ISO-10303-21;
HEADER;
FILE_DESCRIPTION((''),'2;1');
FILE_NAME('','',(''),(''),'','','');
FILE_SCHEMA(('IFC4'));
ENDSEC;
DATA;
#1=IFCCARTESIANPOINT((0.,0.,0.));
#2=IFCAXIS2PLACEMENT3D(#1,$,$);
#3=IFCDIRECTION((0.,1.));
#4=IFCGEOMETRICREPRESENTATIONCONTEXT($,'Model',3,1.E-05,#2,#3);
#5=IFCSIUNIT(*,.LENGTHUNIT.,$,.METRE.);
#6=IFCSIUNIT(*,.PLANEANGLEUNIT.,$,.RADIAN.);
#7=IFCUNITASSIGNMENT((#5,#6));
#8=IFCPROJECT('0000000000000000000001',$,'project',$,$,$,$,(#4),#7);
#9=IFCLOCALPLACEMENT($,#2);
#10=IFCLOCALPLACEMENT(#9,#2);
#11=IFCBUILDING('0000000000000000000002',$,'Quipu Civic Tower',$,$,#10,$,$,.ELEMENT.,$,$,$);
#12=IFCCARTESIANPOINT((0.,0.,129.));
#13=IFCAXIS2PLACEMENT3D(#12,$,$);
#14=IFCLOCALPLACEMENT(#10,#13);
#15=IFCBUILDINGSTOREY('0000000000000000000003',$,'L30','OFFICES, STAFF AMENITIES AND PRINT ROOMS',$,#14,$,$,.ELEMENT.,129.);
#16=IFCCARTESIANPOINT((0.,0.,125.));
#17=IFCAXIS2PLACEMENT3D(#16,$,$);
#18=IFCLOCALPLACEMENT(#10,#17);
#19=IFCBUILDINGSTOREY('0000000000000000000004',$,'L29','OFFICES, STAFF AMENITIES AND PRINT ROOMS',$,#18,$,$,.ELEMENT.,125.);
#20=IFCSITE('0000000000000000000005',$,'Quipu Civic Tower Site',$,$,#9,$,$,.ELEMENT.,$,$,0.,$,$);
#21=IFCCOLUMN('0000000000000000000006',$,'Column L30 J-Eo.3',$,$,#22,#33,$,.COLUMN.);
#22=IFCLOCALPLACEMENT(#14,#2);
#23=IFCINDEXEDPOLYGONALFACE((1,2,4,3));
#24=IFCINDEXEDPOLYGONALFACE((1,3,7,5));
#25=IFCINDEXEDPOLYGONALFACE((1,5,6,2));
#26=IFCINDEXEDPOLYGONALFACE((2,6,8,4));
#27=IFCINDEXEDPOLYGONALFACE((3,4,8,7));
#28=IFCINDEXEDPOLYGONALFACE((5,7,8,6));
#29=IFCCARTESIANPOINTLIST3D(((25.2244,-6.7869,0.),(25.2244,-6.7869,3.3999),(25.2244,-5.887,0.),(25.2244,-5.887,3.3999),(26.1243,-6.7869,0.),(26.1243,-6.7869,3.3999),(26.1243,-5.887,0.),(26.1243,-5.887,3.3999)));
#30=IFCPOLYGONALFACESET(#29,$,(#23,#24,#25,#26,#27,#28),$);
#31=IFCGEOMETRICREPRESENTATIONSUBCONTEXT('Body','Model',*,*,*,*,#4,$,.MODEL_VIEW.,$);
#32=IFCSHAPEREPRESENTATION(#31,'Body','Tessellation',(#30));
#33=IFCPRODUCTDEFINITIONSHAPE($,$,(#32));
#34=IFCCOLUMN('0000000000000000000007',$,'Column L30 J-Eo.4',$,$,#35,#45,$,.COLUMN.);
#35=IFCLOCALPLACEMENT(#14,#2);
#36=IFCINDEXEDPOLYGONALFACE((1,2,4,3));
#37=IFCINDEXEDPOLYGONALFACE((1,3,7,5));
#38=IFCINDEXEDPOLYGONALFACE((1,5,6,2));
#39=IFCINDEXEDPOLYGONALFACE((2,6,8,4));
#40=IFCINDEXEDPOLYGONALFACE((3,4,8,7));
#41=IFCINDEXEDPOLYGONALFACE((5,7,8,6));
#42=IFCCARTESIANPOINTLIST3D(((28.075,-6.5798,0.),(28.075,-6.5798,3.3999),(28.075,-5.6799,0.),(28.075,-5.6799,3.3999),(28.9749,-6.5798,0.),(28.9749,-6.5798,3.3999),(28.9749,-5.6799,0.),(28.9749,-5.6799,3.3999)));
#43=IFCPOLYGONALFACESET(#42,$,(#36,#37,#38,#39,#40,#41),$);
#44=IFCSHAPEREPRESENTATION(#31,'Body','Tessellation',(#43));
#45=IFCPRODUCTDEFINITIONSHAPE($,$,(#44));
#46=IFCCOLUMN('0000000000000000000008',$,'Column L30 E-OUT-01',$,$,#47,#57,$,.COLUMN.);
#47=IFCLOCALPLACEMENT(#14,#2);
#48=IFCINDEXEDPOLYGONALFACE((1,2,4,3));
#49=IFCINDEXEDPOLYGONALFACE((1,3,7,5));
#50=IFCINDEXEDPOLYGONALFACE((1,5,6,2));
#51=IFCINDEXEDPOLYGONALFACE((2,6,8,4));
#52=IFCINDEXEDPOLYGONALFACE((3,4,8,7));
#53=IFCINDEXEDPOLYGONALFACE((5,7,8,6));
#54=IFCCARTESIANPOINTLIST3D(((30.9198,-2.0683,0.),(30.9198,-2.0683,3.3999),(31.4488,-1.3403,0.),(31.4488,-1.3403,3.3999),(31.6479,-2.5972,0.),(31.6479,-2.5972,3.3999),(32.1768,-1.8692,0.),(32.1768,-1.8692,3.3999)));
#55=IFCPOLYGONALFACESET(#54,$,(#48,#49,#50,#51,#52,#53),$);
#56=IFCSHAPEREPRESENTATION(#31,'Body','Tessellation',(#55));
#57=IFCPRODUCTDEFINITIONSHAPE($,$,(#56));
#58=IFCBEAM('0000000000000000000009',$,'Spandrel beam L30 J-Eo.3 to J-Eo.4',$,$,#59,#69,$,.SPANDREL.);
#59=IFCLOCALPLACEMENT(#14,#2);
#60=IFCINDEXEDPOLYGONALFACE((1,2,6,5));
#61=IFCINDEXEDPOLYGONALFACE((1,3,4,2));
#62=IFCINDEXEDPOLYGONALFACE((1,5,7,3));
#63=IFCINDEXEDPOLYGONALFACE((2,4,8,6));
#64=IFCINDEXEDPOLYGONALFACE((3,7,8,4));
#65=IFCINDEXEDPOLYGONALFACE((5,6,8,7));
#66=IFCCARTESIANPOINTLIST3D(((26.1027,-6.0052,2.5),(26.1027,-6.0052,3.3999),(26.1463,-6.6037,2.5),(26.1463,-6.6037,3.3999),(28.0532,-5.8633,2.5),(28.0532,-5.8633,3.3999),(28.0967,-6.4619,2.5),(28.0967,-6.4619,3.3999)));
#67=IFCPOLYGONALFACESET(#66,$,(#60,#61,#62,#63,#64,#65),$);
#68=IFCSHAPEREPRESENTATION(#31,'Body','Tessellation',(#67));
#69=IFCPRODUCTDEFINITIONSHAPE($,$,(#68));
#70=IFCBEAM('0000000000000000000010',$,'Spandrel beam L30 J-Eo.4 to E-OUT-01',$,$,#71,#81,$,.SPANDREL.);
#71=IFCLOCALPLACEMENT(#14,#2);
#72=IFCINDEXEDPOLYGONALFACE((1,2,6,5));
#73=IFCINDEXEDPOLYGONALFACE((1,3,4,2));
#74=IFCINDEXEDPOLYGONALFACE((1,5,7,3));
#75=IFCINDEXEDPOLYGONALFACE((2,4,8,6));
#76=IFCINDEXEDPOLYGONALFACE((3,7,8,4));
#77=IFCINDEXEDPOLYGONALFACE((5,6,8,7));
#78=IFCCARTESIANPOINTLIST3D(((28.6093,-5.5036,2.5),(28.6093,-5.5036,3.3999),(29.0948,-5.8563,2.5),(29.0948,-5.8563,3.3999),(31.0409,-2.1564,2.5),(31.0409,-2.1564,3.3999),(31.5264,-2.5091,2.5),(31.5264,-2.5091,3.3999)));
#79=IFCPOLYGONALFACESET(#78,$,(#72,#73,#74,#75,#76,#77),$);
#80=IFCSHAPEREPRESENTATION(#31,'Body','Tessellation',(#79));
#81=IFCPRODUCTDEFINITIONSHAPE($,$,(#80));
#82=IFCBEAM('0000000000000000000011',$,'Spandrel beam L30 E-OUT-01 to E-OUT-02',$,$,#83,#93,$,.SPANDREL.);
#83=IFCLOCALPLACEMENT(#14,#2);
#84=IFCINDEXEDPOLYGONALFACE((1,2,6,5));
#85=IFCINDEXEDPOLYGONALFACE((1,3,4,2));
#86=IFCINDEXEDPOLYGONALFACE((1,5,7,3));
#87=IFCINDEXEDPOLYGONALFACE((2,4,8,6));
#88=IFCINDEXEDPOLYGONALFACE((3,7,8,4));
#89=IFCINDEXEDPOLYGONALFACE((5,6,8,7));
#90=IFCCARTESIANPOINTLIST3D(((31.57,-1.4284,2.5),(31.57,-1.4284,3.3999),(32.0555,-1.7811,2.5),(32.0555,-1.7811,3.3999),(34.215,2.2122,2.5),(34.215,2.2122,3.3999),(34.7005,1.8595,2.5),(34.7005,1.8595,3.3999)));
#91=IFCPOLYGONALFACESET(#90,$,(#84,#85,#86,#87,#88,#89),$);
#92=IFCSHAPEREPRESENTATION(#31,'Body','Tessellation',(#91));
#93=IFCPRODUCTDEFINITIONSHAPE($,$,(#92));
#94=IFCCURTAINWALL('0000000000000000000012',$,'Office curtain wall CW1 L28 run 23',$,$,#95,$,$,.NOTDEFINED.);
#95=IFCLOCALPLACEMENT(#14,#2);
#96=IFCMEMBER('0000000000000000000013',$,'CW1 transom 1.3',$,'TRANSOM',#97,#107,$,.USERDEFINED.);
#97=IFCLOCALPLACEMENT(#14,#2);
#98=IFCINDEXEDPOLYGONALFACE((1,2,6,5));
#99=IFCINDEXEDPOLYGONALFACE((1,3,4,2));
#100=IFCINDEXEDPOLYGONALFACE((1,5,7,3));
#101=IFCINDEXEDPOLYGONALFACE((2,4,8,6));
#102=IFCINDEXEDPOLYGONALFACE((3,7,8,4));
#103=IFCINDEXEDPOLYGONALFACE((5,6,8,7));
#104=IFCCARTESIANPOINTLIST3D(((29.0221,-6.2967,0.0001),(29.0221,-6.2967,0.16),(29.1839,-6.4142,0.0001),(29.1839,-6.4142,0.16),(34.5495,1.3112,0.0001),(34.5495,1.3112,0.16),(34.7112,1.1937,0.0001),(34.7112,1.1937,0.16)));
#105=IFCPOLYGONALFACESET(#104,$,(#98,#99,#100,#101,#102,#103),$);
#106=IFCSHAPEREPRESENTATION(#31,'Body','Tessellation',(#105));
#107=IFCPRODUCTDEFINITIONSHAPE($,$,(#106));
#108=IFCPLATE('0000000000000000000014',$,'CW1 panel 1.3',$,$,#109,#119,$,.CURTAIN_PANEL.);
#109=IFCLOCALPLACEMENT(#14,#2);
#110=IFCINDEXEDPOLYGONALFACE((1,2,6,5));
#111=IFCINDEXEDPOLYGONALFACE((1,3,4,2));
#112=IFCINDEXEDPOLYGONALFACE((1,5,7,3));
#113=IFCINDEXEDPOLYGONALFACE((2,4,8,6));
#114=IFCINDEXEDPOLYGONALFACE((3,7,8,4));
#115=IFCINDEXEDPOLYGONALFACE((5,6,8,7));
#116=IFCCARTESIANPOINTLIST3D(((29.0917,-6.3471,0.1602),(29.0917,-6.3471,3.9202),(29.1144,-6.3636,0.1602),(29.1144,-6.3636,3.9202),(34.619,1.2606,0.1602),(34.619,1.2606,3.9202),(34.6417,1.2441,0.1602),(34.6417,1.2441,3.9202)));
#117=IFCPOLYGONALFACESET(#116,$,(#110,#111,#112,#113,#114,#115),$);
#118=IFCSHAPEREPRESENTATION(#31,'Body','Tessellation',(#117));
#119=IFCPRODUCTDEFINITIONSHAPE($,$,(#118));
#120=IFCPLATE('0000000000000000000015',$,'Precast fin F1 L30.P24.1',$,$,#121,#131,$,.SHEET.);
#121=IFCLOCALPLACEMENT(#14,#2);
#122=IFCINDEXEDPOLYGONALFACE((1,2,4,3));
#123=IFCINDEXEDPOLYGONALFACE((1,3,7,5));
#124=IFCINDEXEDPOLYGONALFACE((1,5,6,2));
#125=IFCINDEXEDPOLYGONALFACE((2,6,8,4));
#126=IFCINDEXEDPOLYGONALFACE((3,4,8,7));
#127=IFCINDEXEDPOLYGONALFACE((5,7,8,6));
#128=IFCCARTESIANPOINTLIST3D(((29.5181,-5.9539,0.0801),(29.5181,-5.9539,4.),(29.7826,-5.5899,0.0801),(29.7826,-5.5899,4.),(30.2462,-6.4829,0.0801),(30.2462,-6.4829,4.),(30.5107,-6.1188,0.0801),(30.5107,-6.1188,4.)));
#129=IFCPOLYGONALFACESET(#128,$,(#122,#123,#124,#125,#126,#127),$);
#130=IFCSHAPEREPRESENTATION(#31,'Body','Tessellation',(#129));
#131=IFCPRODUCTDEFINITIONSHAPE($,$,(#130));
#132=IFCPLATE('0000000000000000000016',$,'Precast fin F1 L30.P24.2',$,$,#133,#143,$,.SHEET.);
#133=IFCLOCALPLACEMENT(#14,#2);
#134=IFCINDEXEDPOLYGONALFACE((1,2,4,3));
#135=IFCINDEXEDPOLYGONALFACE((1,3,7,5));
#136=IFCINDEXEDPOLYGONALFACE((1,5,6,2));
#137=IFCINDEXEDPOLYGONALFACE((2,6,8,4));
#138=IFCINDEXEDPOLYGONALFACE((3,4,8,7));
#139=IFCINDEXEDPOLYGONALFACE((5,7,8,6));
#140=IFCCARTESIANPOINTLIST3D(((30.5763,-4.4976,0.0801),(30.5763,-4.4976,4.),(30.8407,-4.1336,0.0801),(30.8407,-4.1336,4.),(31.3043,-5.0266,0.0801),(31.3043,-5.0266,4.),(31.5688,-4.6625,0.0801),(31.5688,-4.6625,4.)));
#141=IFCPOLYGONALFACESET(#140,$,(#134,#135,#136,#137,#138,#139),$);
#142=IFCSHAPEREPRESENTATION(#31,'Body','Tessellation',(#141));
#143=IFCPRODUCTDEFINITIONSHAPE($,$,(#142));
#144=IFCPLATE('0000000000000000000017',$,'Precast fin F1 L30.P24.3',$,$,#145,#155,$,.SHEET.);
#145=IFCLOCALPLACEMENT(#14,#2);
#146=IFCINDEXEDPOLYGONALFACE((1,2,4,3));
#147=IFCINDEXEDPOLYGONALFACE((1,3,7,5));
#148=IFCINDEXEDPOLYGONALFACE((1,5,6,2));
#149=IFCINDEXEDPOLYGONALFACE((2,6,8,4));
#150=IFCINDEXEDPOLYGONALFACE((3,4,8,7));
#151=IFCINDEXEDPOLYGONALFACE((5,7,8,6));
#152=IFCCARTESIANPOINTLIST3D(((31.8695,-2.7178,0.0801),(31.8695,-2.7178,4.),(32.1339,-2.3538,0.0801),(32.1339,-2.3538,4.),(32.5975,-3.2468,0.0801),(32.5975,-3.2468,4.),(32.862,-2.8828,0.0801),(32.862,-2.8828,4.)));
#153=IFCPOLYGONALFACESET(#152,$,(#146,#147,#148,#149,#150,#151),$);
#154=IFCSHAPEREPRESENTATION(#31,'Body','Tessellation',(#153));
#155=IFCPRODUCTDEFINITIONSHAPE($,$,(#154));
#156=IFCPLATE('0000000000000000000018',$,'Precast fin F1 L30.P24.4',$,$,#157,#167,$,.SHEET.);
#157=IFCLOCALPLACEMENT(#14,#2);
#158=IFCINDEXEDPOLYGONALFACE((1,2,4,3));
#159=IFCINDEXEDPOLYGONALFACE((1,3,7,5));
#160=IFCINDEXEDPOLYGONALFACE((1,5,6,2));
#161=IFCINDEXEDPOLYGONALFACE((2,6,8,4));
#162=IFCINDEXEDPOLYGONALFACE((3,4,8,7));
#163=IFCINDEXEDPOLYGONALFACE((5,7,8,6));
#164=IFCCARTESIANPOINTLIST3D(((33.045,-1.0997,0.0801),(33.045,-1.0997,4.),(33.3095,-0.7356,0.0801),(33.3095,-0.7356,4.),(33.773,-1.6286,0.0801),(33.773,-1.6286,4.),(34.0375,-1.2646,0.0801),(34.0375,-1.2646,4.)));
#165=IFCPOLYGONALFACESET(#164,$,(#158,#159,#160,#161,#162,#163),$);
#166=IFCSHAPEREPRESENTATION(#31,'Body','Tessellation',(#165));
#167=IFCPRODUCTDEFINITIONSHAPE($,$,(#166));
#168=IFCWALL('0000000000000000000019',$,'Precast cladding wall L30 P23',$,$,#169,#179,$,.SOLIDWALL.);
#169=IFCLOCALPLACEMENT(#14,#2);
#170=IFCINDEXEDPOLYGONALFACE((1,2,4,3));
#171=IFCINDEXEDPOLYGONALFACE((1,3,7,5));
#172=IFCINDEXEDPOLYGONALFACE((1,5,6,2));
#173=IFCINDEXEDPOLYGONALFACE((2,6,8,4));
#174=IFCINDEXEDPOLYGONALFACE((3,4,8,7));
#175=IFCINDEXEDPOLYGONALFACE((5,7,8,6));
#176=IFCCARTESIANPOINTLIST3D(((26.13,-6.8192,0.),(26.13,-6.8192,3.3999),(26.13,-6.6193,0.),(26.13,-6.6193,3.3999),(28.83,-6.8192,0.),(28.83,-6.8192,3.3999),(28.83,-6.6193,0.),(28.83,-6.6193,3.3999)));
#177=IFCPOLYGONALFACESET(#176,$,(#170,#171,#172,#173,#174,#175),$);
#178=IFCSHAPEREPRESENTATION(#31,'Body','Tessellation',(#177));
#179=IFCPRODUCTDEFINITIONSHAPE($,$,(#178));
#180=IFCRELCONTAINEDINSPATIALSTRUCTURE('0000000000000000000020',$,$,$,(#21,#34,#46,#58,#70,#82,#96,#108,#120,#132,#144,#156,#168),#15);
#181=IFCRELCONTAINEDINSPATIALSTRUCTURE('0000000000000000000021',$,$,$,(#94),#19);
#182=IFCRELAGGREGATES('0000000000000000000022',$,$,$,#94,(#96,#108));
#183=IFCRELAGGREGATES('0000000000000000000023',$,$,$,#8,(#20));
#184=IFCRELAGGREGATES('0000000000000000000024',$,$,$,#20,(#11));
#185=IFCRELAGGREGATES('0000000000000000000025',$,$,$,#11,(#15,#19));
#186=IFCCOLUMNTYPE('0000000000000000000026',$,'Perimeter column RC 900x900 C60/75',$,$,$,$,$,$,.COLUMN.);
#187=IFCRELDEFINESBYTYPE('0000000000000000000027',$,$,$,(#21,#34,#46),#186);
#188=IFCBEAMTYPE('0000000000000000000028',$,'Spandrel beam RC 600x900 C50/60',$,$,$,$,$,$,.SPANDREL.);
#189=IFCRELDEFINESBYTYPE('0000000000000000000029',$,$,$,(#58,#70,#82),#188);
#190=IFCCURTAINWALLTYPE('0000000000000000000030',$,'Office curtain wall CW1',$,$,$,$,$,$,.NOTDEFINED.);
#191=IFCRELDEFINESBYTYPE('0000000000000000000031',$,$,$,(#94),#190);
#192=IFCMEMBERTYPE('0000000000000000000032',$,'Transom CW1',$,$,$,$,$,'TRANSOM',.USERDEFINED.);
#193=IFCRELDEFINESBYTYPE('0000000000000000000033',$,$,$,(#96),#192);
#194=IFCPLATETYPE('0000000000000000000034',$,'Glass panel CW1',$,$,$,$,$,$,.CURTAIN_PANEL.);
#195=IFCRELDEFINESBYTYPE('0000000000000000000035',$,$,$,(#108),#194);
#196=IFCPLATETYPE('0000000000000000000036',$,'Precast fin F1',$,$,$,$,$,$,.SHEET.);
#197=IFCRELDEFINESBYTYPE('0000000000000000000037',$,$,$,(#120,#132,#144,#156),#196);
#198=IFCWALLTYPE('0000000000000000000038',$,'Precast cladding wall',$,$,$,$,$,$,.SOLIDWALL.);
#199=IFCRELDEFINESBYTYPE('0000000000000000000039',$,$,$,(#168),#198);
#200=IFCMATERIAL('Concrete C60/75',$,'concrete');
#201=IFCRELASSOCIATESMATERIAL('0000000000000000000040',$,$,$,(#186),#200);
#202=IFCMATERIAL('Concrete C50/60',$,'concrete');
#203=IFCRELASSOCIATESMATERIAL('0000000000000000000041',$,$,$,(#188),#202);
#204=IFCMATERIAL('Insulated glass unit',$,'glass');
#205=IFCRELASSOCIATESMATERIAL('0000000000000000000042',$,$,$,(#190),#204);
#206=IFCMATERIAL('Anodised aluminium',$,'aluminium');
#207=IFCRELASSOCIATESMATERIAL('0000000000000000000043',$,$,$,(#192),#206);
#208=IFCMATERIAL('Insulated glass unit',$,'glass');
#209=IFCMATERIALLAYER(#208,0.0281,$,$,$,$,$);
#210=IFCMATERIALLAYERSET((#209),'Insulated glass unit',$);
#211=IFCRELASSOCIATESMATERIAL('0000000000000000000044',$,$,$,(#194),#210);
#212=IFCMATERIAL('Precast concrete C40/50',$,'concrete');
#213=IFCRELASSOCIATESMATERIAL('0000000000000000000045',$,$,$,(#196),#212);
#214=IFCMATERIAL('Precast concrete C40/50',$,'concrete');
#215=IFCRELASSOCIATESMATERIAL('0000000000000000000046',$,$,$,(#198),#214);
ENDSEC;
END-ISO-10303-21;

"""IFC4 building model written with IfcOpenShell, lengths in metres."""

from ifc_helpers import new_model, si_unit, direction, frame, frame_2d, origin, origin_2d, place, context, subcontext, project, spatial, rectangle, extrude, material, layer, layer_set, material_profile, profile_set, type_object, element, aggregate, save


model = new_model("IFC4")

# Units and contexts
model_context = context("Model", 3, precision=1e-05, world=origin(), true_north=direction((0.0, 1.0)))
body_context = subcontext(model_context, "Body", "Model", "MODEL_VIEW")
ifc_project = project(units=[si_unit("LENGTHUNIT", "METRE"), si_unit("PLANEANGLEUNIT", "RADIAN")], contexts=[model_context])

# Site, building, storey
site_placement = place(None, origin())
site = spatial("IfcSite", under=ifc_project, at=site_placement, Name="Quipu Civic Tower Site", CompositionType="ELEMENT", RefElevation=0.0)
building_placement = place(site_placement, origin())
building = spatial("IfcBuilding", under=site, at=building_placement, Name="Quipu Civic Tower", CompositionType="ELEMENT")
storey_1_placement = place(building_placement, frame((0.0, 0.0, 129.0)))
storey_1 = spatial("IfcBuildingStorey", under=building, at=storey_1_placement, Name="L30", Description="OFFICES, STAFF AMENITIES AND PRINT ROOMS", CompositionType="ELEMENT", Elevation=129.0)

# Columns
ifc_material_1 = material(Name="Concrete C60/75", Category="concrete")
ifc_material_profile_1 = material_profile(ifc_material_1, rectangle(XDim=0.8999, YDim=0.8999, at=origin_2d()), Name="RC900x900")
ifc_profile_set_1 = profile_set([ifc_material_profile_1], Name="Concrete C60/75")
column_type = type_object("IfcColumnType", Name="Perimeter column RC 900x900 C60/75", PredefinedType="COLUMN", material=ifc_profile_set_1)
for number, where, z_axis, x_axis, name in (
    (1, (25.6743, -6.3369, 0.0), (0.0, 0.0, 1.0), (1.0, 0.0, 0.0), "Column L30 J-Eo.3"),
    (2, (28.5249, -6.1299, 0.0), (0.0, 0.0, 1.0), (1.0, 0.0, 0.0), "Column L30 J-Eo.4"),
    (3, (31.5483, -1.9688, 0.0), (0.0, 0.0, 1.0), (0.587785, 0.809017, 0.0), "Column L30 E-OUT-01"),
):
    element("IfcColumn", number, at=place(storey_1_placement, frame(where, z_axis=z_axis, x_axis=x_axis)), inside=storey_1, type_object=column_type, Name=name, PredefinedType="COLUMN", context=body_context, shape_type="SweptSolid", body=[
        extrude(rectangle(XDim=0.8999, YDim=0.8999, at=origin_2d()), origin(), (0.0, 0.0, 1.0), 3.3999),
    ])

# Beams
ifc_material_2 = material(Name="Concrete C50/60", Category="concrete")
ifc_material_profile_2 = material_profile(ifc_material_2, rectangle(XDim=0.6001, YDim=0.8999, at=origin_2d()), Name="RC600x900")
ifc_profile_set_2 = profile_set([ifc_material_profile_2], Name="Concrete C50/60")
beam_type = type_object("IfcBeamType", Name="Spandrel beam RC 600x900 C50/60", PredefinedType="SPANDREL", material=ifc_profile_set_2)
beam_1_placement = place(storey_1_placement, frame((26.1245, -6.3044, 2.95), z_axis=(0.997366, 0.072533, 0.0), x_axis=(-0.072533, 0.997366, 0.0)))
element("IfcBeam", 4, at=beam_1_placement, inside=storey_1, type_object=beam_type, Name="Spandrel beam L30 J-Eo.3 to J-Eo.4", PredefinedType="SPANDREL", context=body_context, shape_type="SweptSolid", body=[
    extrude(rectangle(XDim=0.6001, YDim=0.8999, at=origin_2d()), origin(), (0.0, 0.0, 1.0), 1.9556),
])
beam_2_placement = place(storey_1_placement, frame((28.8521, -5.6799, 2.95), z_axis=(0.587751, 0.809042, 0.0), x_axis=(-0.809042, 0.587751, 0.0)))
element("IfcBeam", 5, at=beam_2_placement, inside=storey_1, type_object=beam_type, Name="Spandrel beam L30 J-Eo.4 to E-OUT-01", PredefinedType="SPANDREL", context=body_context, shape_type="SweptSolid", body=[
    extrude(rectangle(XDim=0.6001, YDim=0.8999, at=origin_2d()), origin(), (0.0, 0.0, 1.0), 4.1372),
])
beam_3_placement = place(storey_1_placement, frame((31.8127, -1.6047, 2.95), z_axis=(0.587778, 0.809022, 0.0), x_axis=(-0.809022, 0.587778, 0.0)))
element("IfcBeam", 6, at=beam_3_placement, inside=storey_1, type_object=beam_type, Name="Spandrel beam L30 E-OUT-01 to E-OUT-02", PredefinedType="SPANDREL", context=body_context, shape_type="SweptSolid", body=[
    extrude(rectangle(XDim=0.6001, YDim=0.8999, at=origin_2d()), origin(), (0.0, 0.0, 1.0), 4.5),
])

# Shared definitions
storey_2_placement = place(building_placement, frame((0.0, 0.0, 125.0)))
storey_2 = spatial("IfcBuildingStorey", under=building, at=storey_2_placement, Name="L29", Description="OFFICES, STAFF AMENITIES AND PRINT ROOMS", CompositionType="ELEMENT", Elevation=125.0)

# Curtain wall, member, plate
ifc_material_3 = material(Name="Insulated glass unit", Category="glass")
curtain_wall_type = type_object("IfcCurtainWallType", Name="Office curtain wall CW1", PredefinedType="NOTDEFINED", material=ifc_material_3)
curtain_wall_placement = place(storey_2_placement, origin())
curtain_wall = element("IfcCurtainWall", 7, at=curtain_wall_placement, inside=storey_2, type_object=curtain_wall_type, Name="Office curtain wall CW1 L28 run 23", PredefinedType="NOTDEFINED")
ifc_material_4 = material(Name="Anodised aluminium", Category="aluminium")
ifc_material_profile_3 = material_profile(ifc_material_4, rectangle(XDim=0.2, YDim=0.1599, at=origin_2d()), Name="RECT 200x160")
ifc_profile_set_3 = profile_set([ifc_material_profile_3], Name="Anodised aluminium")
member_type = type_object("IfcMemberType", Name="Transom CW1", ElementType="TRANSOM", PredefinedType="USERDEFINED", material=ifc_profile_set_3)
member_placement = place(storey_1_placement, frame((29.103, -6.3555, 0.0801), z_axis=(0.587776, 0.809023, 0.0), x_axis=(-0.809023, 0.587776, 0.0)))
member = element("IfcMember", 8, at=member_placement, inside=storey_1, type_object=member_type, Name="CW1 transom 1.3", ObjectType="TRANSOM", PredefinedType="USERDEFINED", context=body_context, shape_type="SweptSolid", body=[
    extrude(rectangle(XDim=0.2, YDim=0.1599, at=origin_2d()), origin(), (0.0, 0.0, 1.0), 9.4038),
])
ifc_material_5 = material(Name="Insulated glass unit", Category="glass")
ifc_layer = layer(ifc_material_5, 0.0281)
ifc_layer_set = layer_set([ifc_layer], Name="Insulated glass unit")
plate_type_1 = type_object("IfcPlateType", Name="Glass panel CW1", PredefinedType="CURTAIN_PANEL", material=ifc_layer_set)
plate_placement = place(storey_1_placement, frame((31.8667, -2.5515, 0.1602), z_axis=(0.0, 0.0, 1.0), x_axis=(0.587785, 0.809017, 0.0)))
plate = element("IfcPlate", 9, at=plate_placement, inside=storey_1, type_object=plate_type_1, Name="CW1 panel 1.3", PredefinedType="CURTAIN_PANEL", context=body_context, shape_type="SweptSolid", body=[
    extrude(rectangle(XDim=9.4036, YDim=0.0281, at=origin_2d()), origin(), (0.0, 0.0, 1.0), 3.76),
])
aggregate(curtain_wall, [member, plate])

# Plates
ifc_material_6 = material(Name="Precast concrete C40/50", Category="concrete")
plate_type_2 = type_object("IfcPlateType", Name="Precast fin F1", PredefinedType="SHEET", material=ifc_material_6)
for number, where, z_axis, x_axis, name in (
    (10, (30.0144, -6.0364, 0.0801), (0.0, 0.0, 1.0), (0.587786, 0.809017, 0.0), "Precast fin F1 L30.P24.1"),
    (11, (31.0725, -4.5801, 0.0801), (0.0, 0.0, 1.0), (0.587786, 0.809017, 0.0), "Precast fin F1 L30.P24.2"),
    (12, (32.3657, -2.8003, 0.0801), (0.0, 0.0, 1.0), (0.587786, 0.809017, 0.0), "Precast fin F1 L30.P24.3"),
    (13, (33.5413, -1.1821, 0.0801), (0.0, 0.0, 1.0), (0.587786, 0.809017, 0.0), "Precast fin F1 L30.P24.4"),
):
    element("IfcPlate", number, at=place(storey_1_placement, frame(where, z_axis=z_axis, x_axis=x_axis)), inside=storey_1, type_object=plate_type_2, Name=name, PredefinedType="SHEET", context=body_context, shape_type="SweptSolid", body=[
        extrude(rectangle(XDim=0.45, YDim=0.8999, at=origin_2d()), origin(), (0.0, 0.0, 1.0), 3.9199),
    ])

# Wall
ifc_material_7 = material(Name="Precast concrete C40/50", Category="concrete")
wall_type = type_object("IfcWallType", Name="Precast cladding wall", PredefinedType="SOLIDWALL", material=ifc_material_7)
wall_placement = place(storey_1_placement, frame((26.1299, -6.7192, 0.0), z_axis=(0.0, 0.0, 1.0), x_axis=(1.0, 0.0, 0.0)))
element("IfcWall", 14, at=wall_placement, inside=storey_1, type_object=wall_type, Name="Precast cladding wall L30 P23", PredefinedType="SOLIDWALL", context=body_context, shape_type="SweptSolid", body=[
    extrude(rectangle(XDim=2.7, YDim=0.2, at=frame_2d((1.3501, 0.0))), origin(), (0.0, 0.0, 1.0), 3.3999),
])

save(model, "model.ifc")
